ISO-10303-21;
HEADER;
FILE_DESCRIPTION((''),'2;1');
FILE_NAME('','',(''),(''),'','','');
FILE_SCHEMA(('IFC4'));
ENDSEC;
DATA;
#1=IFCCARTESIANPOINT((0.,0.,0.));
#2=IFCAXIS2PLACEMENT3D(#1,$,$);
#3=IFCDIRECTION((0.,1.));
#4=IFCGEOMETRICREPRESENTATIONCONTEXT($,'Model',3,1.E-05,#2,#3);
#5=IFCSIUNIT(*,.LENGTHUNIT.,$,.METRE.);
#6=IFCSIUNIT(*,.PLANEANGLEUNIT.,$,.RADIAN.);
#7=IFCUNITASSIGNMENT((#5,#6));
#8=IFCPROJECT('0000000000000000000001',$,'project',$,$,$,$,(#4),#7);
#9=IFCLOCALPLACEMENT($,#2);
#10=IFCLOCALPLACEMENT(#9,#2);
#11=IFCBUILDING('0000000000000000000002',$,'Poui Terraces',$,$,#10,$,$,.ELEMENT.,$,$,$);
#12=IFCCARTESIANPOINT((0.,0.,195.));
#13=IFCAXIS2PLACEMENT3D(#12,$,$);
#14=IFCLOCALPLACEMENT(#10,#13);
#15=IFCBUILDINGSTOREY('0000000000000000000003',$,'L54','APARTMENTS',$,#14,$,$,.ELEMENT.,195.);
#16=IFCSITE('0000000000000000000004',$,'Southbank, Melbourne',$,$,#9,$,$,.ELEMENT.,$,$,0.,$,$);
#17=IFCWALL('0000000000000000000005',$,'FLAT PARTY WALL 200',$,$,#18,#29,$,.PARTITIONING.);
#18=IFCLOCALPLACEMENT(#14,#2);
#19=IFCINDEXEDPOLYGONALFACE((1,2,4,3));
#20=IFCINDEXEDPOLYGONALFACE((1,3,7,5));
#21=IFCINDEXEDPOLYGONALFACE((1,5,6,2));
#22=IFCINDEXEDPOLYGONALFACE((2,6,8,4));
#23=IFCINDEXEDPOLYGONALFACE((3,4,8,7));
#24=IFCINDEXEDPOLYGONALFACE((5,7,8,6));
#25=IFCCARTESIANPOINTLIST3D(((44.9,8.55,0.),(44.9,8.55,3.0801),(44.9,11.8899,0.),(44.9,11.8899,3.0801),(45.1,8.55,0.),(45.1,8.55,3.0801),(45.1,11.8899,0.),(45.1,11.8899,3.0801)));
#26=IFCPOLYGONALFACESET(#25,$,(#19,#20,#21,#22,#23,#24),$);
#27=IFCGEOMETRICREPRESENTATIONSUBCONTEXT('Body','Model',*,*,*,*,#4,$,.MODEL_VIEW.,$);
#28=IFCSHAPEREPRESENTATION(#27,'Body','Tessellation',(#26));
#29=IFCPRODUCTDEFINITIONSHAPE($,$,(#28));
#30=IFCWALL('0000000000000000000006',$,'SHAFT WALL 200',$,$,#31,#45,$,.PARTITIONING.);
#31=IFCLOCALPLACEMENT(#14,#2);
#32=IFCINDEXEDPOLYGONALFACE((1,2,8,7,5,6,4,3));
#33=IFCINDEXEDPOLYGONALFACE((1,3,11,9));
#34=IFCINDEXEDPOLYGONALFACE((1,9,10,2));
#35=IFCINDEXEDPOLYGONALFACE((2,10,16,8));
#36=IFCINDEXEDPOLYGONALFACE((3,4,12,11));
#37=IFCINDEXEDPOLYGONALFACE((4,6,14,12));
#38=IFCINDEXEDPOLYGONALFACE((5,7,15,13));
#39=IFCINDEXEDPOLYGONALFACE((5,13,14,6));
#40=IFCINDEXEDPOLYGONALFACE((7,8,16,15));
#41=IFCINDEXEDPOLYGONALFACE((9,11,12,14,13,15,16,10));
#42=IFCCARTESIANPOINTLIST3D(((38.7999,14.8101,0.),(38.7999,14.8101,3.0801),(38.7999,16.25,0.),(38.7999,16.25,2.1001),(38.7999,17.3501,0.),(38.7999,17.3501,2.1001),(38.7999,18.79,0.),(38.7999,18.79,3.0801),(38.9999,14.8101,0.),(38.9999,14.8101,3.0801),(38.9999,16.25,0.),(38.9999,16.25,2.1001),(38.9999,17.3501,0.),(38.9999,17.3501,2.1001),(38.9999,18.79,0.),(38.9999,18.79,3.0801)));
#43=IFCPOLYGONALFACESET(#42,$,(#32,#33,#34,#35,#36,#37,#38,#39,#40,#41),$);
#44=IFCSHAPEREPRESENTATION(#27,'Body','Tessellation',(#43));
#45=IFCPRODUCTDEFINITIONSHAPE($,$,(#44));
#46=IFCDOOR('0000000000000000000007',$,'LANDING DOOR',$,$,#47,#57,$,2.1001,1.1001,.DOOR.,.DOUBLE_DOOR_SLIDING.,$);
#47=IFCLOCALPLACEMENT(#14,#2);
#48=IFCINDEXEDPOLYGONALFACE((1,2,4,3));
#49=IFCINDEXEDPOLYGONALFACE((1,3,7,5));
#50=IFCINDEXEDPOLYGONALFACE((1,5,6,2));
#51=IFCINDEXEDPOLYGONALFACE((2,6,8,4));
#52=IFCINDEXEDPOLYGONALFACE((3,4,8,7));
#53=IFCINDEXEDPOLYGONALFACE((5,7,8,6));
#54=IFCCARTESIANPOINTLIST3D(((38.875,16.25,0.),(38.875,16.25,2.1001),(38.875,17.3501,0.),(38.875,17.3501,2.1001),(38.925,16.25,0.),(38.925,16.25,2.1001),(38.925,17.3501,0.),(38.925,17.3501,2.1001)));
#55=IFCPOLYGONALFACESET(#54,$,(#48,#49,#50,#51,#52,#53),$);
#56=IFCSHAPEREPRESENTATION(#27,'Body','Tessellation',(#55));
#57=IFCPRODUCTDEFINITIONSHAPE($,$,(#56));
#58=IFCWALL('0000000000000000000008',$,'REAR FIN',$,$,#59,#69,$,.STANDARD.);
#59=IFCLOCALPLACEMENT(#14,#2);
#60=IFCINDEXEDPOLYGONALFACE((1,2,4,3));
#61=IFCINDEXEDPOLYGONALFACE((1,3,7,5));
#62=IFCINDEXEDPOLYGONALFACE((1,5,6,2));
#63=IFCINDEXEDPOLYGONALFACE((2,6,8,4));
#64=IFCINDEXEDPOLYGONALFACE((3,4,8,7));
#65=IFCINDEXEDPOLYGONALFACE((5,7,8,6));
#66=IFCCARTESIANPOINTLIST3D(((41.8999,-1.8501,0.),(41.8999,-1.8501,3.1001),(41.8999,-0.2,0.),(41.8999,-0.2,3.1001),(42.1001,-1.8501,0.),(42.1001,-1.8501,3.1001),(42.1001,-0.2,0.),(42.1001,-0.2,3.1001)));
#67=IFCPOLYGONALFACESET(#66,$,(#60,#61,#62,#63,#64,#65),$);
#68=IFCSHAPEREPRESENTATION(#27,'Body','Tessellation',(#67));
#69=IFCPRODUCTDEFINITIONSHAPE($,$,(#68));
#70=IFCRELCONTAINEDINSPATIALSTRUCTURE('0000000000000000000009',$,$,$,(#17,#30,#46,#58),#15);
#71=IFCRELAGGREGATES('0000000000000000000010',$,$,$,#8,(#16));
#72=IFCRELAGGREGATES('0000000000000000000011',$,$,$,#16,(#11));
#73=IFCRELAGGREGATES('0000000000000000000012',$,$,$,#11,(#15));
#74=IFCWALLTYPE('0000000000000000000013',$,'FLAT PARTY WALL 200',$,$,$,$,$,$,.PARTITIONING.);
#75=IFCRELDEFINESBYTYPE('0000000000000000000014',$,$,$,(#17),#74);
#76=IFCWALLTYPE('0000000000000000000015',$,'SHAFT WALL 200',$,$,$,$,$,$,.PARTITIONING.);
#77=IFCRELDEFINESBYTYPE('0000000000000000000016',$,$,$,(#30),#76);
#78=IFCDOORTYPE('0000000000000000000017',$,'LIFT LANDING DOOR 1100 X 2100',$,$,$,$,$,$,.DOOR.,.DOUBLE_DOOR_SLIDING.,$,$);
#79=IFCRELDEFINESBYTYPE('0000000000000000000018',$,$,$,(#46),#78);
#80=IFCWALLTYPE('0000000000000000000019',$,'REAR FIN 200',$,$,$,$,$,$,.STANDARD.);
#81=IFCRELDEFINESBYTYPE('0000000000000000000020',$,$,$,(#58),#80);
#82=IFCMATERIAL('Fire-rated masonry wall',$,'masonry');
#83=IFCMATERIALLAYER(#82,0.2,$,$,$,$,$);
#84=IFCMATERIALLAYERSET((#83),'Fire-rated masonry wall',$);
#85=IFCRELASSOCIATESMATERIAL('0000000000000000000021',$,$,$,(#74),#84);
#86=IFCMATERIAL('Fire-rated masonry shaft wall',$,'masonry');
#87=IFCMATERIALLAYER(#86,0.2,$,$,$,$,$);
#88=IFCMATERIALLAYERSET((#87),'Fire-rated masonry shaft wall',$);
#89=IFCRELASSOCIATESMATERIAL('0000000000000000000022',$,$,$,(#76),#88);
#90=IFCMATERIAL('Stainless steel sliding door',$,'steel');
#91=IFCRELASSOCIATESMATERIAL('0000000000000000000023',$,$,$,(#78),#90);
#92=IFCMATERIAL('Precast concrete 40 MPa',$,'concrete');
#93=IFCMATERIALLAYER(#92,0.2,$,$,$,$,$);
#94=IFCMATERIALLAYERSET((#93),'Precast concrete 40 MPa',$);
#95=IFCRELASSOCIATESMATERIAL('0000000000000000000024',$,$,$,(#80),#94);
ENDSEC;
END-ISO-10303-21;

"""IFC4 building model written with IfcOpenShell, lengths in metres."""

from ifc_helpers import new_model, si_unit, direction, frame, frame_2d, origin, place, context, subcontext, project, spatial, polyline, rectangle, outline, extrude, source, transform, mapped, material, layer, layer_set, type_object, element, fill, save


model = new_model("IFC4")

# Units and contexts
model_context = context("Model", 3, precision=1e-05, world=origin(), true_north=direction((0.0, 1.0)))
body_context = subcontext(model_context, "Body", "Model", "MODEL_VIEW")
ifc_project = project(units=[si_unit("LENGTHUNIT", "METRE"), si_unit("PLANEANGLEUNIT", "RADIAN")], contexts=[model_context])

# Site, building, storey
site_placement = place(None, origin())
site = spatial("IfcSite", under=ifc_project, at=site_placement, Name="Southbank, Melbourne", CompositionType="ELEMENT", RefElevation=0.0)
building_placement = place(site_placement, origin())
building = spatial("IfcBuilding", under=site, at=building_placement, Name="Poui Terraces", CompositionType="ELEMENT")
storey_placement = place(building_placement, frame((0.0, 0.0, 195.0)))
storey = spatial("IfcBuildingStorey", under=building, at=storey_placement, Name="L54", Description="APARTMENTS", CompositionType="ELEMENT", Elevation=195.0)

# Wall
ifc_material_1 = material(Name="Fire-rated masonry wall", Category="masonry")
ifc_layer_1 = layer(ifc_material_1, 0.2)
ifc_layer_set_1 = layer_set([ifc_layer_1], Name="Fire-rated masonry wall")
wall_type_1 = type_object("IfcWallType", Name="FLAT PARTY WALL 200", PredefinedType="PARTITIONING", material=ifc_layer_set_1)
wall_1_placement = place(storey_placement, frame((45.0, 8.55, 0.0), z_axis=(0.0, 0.0, 1.0), x_axis=(0.0, 1.0, 0.0)))
element("IfcWall", 1, at=wall_1_placement, inside=storey, type_object=wall_type_1, Name="FLAT PARTY WALL 200", PredefinedType="PARTITIONING", context=body_context, shape_type="SweptSolid", body=[
    extrude(rectangle(XDim=3.3398, YDim=0.2, at=frame_2d((1.6699, 0.0))), origin(), (0.0, 0.0, 1.0), 3.0801),
])

# Wall, opening, door
ifc_material_2 = material(Name="Fire-rated masonry shaft wall", Category="masonry")
ifc_layer_2 = layer(ifc_material_2, 0.2)
ifc_layer_set_2 = layer_set([ifc_layer_2], Name="Fire-rated masonry shaft wall")
wall_type_2 = type_object("IfcWallType", Name="SHAFT WALL 200", PredefinedType="PARTITIONING", material=ifc_layer_set_2)
wall_2_placement = place(storey_placement, frame((38.8999, 14.8101, 0.0), z_axis=(0.0, 0.0, 1.0), x_axis=(0.0, 1.0, 0.0)))
wall_2 = element("IfcWall", 2, at=wall_2_placement, inside=storey, type_object=wall_type_2, Name="SHAFT WALL 200", PredefinedType="PARTITIONING", context=body_context, shape_type="SweptSolid", body=[
    extrude(rectangle(XDim=3.98, YDim=0.2, at=frame_2d((1.99, 0.0))), origin(), (0.0, 0.0, 1.0), 3.0801),
])
opening_1_placement = place(wall_2_placement, frame((1.4399, 0.0, 0.0)))
opening_1 = element("IfcOpeningElement", 3, at=opening_1_placement, cuts=wall_2, PredefinedType="OPENING", context=body_context, shape_type="SweptSolid", body=[
    extrude(rectangle(XDim=1.1001, YDim=2.1001, at=frame_2d((0.55, 1.05))), frame((0.0, 0.1099, 0.0), z_axis=(0.0, -1.0, 0.0), x_axis=(1.0, 0.0, 0.0)), (0.0, 0.0, 1.0), 0.22),
])
ifc_material_3 = material(Name="Stainless steel sliding door", Category="steel")
door_type_1 = type_object("IfcDoorType", Name="LIFT LANDING DOOR 1100 X 2100", OperationType="DOUBLE_DOOR_SLIDING", PredefinedType="DOOR", material=ifc_material_3)
door_1_placement = place(opening_1_placement, origin())
door_1 = element("IfcDoor", 4, at=door_1_placement, inside=storey, type_object=door_type_1, Name="LANDING DOOR", OperationType="DOUBLE_DOOR_SLIDING", OverallHeight=2.1001, OverallWidth=1.1001, PredefinedType="DOOR", context=body_context, shape_type="SweptSolid", body=[
    extrude(rectangle(XDim=1.1001, YDim=2.1001, at=frame_2d((0.55, 1.05))), frame((0.0, 0.0249, 0.0), z_axis=(0.0, -1.0, 0.0), x_axis=(1.0, 0.0, 0.0)), (0.0, 0.0, 1.0), 0.05),
])
fill(opening_1, door_1)

# Wall
ifc_material_4 = material(Name="Precast concrete 40 MPa", Category="concrete")
ifc_layer_3 = layer(ifc_material_4, 0.2)
ifc_layer_set_3 = layer_set([ifc_layer_3], Name="Precast concrete 40 MPa")
wall_type_3 = type_object("IfcWallType", Name="REAR FIN 200", PredefinedType="STANDARD", material=ifc_layer_set_3)
shared_shape_1 = source(origin(), body_context, "Body", "SweptSolid", [
    extrude(outline(polyline([(0.0, 0.0), (0.2002, 0.0), (0.2002, 1.6501), (0.0, 1.6501), (0.0, 0.0)])), origin(), (0.0, 0.0, 1.0), 3.1001),
])
wall_3_placement = place(storey_placement, frame((41.8999, -1.8501, 0.0)))
element("IfcWall", 5, at=wall_3_placement, inside=storey, type_object=wall_type_3, Name="REAR FIN", PredefinedType="STANDARD", context=body_context, shape_type="MappedRepresentation", body=[
    mapped(shared_shape_1, transform((0.0, 0.0, 0.0))),
])

save(model, "model.ifc")
